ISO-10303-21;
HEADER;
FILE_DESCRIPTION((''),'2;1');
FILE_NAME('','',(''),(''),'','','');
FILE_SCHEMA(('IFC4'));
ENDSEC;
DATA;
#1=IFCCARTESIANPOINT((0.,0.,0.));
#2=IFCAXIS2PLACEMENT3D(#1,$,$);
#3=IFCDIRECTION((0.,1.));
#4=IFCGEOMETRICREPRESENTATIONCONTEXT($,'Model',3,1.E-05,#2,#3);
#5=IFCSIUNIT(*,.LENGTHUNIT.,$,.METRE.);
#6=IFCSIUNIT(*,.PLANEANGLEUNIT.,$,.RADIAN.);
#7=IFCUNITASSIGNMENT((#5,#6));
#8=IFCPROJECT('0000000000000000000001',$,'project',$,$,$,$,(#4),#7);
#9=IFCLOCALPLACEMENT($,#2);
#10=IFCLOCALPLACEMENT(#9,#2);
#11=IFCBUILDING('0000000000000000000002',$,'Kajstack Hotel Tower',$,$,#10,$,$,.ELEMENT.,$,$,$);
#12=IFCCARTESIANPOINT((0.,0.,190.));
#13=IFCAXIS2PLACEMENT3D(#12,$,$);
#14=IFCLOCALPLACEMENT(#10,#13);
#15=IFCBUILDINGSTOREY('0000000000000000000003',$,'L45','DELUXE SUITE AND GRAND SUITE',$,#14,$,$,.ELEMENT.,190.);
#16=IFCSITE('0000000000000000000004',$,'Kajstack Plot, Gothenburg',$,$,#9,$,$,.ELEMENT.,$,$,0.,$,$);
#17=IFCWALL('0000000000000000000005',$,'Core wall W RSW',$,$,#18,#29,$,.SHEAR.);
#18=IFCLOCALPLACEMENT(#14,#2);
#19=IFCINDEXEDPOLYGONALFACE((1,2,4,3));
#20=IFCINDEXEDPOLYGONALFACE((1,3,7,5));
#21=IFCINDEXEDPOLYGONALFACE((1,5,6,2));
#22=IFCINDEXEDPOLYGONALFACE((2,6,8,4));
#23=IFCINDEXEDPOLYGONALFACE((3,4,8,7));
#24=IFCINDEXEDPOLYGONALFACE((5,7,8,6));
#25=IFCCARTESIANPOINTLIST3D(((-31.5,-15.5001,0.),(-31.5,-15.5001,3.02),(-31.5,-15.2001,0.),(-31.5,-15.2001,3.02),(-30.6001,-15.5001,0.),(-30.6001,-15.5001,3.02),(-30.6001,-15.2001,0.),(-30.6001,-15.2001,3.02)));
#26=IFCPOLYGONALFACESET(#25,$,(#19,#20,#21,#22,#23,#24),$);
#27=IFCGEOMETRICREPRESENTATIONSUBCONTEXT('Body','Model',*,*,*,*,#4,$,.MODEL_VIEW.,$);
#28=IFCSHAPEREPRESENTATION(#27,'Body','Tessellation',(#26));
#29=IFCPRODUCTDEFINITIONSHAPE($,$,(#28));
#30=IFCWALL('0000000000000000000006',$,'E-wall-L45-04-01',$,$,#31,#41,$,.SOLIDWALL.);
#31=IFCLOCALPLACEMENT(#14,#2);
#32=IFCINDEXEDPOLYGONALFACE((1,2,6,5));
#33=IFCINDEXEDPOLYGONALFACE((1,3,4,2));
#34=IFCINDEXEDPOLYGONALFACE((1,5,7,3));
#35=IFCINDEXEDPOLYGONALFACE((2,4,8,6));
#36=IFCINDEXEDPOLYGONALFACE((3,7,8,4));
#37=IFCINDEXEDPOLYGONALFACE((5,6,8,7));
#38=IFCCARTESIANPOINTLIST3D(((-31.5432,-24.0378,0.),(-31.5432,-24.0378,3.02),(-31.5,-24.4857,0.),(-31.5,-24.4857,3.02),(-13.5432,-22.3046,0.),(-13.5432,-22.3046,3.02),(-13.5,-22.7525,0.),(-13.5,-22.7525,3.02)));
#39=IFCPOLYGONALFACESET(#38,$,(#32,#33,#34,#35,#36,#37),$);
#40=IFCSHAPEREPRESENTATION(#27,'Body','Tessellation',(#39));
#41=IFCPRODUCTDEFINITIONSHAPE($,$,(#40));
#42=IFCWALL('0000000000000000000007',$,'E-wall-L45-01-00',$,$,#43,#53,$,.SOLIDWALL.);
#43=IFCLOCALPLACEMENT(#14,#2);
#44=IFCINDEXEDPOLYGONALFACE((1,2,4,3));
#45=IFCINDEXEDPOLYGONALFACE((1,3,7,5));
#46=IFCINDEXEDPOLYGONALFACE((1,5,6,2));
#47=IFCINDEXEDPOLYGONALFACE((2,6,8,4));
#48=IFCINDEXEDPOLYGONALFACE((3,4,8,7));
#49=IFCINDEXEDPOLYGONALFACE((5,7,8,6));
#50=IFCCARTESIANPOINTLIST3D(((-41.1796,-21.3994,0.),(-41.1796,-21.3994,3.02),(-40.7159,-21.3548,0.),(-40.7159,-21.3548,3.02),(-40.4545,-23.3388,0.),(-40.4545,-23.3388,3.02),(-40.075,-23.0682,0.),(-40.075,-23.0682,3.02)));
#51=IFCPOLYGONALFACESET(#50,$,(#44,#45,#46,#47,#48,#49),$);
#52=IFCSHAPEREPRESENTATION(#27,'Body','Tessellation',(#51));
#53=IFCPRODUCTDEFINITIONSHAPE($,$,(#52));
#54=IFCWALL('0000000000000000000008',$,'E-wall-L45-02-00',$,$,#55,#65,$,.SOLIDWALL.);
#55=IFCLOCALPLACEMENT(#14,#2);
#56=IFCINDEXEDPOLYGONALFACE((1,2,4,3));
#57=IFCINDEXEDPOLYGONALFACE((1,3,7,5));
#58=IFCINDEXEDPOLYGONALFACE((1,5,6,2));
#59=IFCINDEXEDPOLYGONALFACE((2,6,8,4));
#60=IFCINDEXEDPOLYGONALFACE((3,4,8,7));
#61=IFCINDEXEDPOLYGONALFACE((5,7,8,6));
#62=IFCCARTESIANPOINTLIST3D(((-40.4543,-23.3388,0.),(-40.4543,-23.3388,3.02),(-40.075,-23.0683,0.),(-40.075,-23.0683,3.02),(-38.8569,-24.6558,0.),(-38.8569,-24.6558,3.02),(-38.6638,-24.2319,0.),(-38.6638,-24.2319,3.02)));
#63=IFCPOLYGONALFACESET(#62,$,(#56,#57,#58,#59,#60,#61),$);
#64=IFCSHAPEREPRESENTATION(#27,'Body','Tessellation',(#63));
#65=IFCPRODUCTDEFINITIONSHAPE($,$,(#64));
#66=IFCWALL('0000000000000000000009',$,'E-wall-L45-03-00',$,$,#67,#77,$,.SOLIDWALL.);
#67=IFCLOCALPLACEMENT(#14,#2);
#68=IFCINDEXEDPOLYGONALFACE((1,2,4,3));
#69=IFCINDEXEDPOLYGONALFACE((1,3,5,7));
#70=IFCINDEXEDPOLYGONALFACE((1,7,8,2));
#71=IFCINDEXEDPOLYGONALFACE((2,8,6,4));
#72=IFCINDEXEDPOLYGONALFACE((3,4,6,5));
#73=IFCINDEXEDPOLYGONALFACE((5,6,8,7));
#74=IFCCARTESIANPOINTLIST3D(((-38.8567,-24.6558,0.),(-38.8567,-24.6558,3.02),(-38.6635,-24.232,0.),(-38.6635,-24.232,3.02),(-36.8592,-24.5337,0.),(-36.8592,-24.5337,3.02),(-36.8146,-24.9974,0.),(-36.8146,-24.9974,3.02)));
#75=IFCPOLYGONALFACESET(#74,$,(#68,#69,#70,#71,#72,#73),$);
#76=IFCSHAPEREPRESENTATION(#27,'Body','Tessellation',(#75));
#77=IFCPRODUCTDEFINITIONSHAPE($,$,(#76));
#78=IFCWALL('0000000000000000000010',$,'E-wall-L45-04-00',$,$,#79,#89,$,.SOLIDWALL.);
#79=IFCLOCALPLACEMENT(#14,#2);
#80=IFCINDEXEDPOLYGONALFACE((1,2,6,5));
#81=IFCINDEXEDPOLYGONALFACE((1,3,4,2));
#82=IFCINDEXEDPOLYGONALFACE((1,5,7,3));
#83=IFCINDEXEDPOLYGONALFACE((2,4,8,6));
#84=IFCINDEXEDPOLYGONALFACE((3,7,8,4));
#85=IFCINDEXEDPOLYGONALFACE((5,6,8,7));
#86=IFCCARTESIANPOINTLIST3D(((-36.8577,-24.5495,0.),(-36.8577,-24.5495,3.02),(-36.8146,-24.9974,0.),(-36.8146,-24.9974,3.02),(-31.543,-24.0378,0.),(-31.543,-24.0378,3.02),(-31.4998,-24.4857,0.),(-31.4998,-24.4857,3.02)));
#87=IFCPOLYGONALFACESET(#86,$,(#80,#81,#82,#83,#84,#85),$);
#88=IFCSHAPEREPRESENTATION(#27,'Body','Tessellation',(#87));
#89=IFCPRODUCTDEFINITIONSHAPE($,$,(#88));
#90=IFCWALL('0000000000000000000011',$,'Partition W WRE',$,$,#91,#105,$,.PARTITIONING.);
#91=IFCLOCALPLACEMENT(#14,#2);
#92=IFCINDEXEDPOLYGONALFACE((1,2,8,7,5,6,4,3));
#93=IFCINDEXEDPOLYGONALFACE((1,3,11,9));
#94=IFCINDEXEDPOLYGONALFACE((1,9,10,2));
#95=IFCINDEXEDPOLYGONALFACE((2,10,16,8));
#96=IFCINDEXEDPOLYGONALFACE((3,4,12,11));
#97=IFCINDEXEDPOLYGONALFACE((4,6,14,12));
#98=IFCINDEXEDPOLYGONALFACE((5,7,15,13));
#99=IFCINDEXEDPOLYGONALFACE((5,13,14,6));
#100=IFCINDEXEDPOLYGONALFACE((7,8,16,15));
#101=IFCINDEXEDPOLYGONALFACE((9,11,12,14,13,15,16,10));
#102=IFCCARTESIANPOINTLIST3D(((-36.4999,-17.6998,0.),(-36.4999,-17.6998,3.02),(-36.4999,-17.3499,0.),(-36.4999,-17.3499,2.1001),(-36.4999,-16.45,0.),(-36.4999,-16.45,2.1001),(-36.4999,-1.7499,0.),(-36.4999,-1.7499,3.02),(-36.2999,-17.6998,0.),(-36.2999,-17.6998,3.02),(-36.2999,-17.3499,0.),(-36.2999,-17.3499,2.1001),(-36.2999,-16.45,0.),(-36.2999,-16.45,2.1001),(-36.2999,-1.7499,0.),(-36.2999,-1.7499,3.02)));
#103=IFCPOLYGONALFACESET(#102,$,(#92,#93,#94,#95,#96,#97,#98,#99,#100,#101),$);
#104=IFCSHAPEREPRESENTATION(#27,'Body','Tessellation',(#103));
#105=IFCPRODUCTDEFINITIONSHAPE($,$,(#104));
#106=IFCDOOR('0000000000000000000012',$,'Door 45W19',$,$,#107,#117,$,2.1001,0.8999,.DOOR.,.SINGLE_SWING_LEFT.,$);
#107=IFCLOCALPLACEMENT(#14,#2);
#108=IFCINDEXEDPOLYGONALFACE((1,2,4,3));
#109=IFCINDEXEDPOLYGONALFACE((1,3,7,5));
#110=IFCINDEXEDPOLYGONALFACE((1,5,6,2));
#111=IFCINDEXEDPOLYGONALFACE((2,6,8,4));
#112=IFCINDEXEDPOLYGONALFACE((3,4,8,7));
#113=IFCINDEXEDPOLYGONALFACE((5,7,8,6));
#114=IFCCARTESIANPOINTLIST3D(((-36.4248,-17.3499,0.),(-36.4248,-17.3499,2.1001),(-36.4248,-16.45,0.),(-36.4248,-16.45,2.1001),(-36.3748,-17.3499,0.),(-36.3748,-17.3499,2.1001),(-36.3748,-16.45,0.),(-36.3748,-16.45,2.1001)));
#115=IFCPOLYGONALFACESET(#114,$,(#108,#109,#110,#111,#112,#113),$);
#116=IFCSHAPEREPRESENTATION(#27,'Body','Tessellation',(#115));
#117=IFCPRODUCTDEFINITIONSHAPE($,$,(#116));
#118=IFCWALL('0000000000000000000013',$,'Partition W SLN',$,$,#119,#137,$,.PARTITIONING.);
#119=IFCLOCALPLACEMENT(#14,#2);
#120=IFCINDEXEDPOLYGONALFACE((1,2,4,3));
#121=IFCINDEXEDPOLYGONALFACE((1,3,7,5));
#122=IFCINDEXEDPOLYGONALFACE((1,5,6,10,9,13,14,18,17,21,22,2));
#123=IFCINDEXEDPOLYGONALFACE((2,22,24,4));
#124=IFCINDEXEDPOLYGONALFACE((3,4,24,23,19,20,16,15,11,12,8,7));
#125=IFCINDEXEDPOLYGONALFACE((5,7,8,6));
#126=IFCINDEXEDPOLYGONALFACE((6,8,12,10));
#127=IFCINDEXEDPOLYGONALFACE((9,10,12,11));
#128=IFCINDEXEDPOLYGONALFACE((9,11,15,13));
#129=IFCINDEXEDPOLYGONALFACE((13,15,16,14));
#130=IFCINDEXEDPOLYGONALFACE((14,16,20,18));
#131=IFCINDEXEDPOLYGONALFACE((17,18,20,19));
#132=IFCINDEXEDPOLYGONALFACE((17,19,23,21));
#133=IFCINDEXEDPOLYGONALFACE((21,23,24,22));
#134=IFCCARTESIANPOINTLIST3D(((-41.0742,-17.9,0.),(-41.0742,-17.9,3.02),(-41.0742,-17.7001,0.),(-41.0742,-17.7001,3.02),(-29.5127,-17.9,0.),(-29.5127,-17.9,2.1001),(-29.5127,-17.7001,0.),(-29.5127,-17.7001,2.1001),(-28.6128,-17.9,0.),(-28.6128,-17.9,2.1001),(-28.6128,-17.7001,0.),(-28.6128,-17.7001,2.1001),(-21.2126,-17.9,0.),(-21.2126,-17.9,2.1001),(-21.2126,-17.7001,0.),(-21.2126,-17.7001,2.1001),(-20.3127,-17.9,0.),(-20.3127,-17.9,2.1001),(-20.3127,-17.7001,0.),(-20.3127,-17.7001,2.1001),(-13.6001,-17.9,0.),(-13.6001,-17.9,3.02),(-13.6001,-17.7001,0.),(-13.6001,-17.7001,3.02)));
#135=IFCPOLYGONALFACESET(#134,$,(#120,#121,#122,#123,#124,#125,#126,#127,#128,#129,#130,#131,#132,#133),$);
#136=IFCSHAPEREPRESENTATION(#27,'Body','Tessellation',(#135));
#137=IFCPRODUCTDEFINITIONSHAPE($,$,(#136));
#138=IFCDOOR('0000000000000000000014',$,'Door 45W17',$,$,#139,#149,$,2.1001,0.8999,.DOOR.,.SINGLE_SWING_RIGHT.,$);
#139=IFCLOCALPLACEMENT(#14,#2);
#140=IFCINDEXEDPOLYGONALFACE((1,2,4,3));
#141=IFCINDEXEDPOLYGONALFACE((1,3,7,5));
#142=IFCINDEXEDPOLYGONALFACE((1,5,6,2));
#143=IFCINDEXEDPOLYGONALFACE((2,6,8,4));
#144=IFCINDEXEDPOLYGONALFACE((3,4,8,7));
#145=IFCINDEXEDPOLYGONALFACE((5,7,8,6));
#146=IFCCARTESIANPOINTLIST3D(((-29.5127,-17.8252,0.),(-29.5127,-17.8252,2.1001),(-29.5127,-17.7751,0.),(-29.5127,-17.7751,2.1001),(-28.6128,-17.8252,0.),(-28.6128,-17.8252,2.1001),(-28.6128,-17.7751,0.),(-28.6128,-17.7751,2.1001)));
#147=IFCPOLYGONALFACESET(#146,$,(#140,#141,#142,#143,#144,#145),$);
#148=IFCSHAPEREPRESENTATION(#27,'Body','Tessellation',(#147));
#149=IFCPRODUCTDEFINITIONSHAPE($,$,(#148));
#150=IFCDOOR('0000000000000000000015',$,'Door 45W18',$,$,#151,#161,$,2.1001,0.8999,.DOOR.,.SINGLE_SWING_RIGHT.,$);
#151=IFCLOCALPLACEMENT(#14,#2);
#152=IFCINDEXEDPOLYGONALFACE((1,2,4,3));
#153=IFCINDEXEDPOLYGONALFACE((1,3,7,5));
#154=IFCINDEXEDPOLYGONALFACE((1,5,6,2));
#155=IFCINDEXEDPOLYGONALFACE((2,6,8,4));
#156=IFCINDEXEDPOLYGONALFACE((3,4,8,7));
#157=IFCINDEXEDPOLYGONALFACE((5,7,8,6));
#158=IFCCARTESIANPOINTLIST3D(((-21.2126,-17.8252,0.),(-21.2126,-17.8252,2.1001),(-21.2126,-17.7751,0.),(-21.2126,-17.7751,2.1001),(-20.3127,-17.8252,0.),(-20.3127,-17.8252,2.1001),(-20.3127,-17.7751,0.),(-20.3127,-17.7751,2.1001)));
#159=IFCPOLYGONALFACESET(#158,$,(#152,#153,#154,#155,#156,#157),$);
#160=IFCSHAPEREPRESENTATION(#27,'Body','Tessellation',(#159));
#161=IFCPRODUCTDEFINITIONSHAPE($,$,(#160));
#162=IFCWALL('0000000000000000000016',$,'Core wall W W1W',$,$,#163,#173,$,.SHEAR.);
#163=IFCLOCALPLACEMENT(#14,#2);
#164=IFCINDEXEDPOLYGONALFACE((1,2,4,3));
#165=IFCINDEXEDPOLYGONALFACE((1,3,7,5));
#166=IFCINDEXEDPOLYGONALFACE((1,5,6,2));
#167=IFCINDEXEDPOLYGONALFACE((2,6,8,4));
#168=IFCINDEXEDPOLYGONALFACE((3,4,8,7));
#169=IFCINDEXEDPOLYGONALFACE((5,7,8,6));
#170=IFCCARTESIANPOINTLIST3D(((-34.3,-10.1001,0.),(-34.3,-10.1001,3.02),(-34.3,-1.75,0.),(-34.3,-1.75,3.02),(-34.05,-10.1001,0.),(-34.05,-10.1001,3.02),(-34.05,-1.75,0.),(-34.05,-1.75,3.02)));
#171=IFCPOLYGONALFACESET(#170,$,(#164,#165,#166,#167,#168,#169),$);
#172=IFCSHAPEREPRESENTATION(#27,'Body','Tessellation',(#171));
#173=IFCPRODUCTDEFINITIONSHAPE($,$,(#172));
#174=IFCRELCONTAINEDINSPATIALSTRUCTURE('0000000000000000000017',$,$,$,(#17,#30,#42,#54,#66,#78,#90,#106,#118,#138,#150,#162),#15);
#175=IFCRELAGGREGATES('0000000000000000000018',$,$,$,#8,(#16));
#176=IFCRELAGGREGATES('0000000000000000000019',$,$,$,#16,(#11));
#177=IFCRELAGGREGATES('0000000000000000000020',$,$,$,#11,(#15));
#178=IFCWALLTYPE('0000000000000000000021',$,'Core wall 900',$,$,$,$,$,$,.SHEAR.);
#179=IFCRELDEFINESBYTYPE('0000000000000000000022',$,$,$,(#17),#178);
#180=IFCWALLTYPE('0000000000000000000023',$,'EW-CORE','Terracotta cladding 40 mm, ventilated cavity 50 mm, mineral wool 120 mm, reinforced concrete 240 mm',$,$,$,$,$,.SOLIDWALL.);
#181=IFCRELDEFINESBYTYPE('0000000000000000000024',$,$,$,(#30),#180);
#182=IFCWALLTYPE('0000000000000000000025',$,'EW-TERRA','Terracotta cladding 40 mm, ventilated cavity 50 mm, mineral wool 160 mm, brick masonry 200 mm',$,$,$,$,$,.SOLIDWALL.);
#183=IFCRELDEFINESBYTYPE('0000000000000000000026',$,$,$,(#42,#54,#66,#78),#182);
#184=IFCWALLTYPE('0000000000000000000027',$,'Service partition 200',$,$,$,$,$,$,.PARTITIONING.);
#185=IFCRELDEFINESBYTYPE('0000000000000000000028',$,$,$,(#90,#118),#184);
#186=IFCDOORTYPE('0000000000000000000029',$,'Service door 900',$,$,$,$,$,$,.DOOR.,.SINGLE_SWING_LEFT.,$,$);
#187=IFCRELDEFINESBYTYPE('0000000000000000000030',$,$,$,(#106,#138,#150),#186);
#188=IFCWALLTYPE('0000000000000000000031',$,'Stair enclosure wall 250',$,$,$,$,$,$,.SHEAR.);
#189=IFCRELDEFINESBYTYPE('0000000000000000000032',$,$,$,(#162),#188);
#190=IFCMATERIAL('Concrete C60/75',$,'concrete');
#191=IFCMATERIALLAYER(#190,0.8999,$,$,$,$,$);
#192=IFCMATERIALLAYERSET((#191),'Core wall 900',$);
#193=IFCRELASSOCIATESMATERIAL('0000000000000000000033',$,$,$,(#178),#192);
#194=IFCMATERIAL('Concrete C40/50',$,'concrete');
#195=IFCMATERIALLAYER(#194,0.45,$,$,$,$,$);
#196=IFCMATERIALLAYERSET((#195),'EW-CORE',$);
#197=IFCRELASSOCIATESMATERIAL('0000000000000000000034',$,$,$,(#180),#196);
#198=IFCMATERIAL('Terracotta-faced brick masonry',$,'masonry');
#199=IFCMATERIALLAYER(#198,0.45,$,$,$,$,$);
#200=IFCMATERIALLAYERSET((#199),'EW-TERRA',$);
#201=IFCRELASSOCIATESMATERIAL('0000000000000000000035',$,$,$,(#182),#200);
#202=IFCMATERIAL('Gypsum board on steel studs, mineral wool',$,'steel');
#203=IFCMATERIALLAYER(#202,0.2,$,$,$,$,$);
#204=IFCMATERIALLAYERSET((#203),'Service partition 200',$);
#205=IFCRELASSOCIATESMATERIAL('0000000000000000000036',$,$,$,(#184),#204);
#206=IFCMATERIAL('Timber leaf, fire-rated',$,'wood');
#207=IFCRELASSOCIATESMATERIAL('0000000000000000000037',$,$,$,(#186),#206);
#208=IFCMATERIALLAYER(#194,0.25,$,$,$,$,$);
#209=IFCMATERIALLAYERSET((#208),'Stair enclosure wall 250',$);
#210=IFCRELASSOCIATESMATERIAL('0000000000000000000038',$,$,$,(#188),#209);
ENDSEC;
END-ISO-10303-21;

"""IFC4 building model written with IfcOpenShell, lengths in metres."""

from ifc_helpers import new_model, si_unit, direction, frame, frame_2d, origin, place, context, subcontext, project, spatial, polyline, rectangle, outline, extrude, material, layer, layer_set, type_object, element, fill, save


model = new_model("IFC4")

# Units and contexts
model_context = context("Model", 3, precision=1e-05, world=origin(), true_north=direction((0.0, 1.0)))
body_context = subcontext(model_context, "Body", "Model", "MODEL_VIEW")
ifc_project = project(units=[si_unit("LENGTHUNIT", "METRE"), si_unit("PLANEANGLEUNIT", "RADIAN")], contexts=[model_context])

# Site, building, storey
site_placement = place(None, origin())
site = spatial("IfcSite", under=ifc_project, at=site_placement, Name="Kajstack Plot, Gothenburg", CompositionType="ELEMENT", RefElevation=0.0)
building_placement = place(site_placement, origin())
building = spatial("IfcBuilding", under=site, at=building_placement, Name="Kajstack Hotel Tower", CompositionType="ELEMENT")
storey_placement = place(building_placement, frame((0.0, 0.0, 190.0)))
storey = spatial("IfcBuildingStorey", under=building, at=storey_placement, Name="L45", Description="DELUXE SUITE AND GRAND SUITE", CompositionType="ELEMENT", Elevation=190.0)

# Walls
ifc_material_1 = material(Name="Concrete C60/75", Category="concrete")
ifc_layer_1 = layer(ifc_material_1, 0.8999)
ifc_layer_set_1 = layer_set([ifc_layer_1], Name="Core wall 900")
wall_type_1 = type_object("IfcWallType", Name="Core wall 900", PredefinedType="SHEAR", material=ifc_layer_set_1)
wall_1_placement = place(storey_placement, frame((-31.5, -15.3501, 0.0), z_axis=(0.0, 0.0, 1.0), x_axis=(1.0, 0.0, 0.0)))
element("IfcWall", 1, at=wall_1_placement, inside=storey, type_object=wall_type_1, Name="Core wall W RSW", PredefinedType="SHEAR", context=body_context, shape_type="SweptSolid", body=[
    extrude(rectangle(XDim=0.8999, YDim=0.3, at=frame_2d((0.45, 0.0))), origin(), (0.0, 0.0, 1.0), 3.02),
])
ifc_material_2 = material(Name="Concrete C40/50", Category="concrete")
ifc_layer_2 = layer(ifc_material_2, 0.45)
ifc_layer_set_2 = layer_set([ifc_layer_2], Name="EW-CORE")
wall_type_2 = type_object("IfcWallType", Name="EW-CORE", Description="Terracotta cladding 40 mm, ventilated cavity 50 mm, mineral wool 120 mm, reinforced concrete 240 mm", PredefinedType="SOLIDWALL", material=ifc_layer_set_2)
wall_2_placement = place(storey_placement, frame((-31.5215, -24.2617, 0.0), z_axis=(0.0, 0.0, 1.0), x_axis=(0.995396, 0.095843, 0.0)))
element("IfcWall", 2, at=wall_2_placement, inside=storey, type_object=wall_type_2, Name="E-wall-L45-04-01", PredefinedType="SOLIDWALL", context=body_context, shape_type="SweptSolid", body=[
    extrude(rectangle(XDim=18.0833, YDim=0.45, at=frame_2d((9.0415, 0.0))), origin(), (0.0, 0.0, 1.0), 3.02),
])
ifc_material_3 = material(Name="Terracotta-faced brick masonry", Category="masonry")
ifc_layer_3 = layer(ifc_material_3, 0.45)
ifc_layer_set_3 = layer_set([ifc_layer_3], Name="EW-TERRA")
wall_type_3 = type_object("IfcWallType", Name="EW-TERRA", Description="Terracotta cladding 40 mm, ventilated cavity 50 mm, mineral wool 160 mm, brick masonry 200 mm", PredefinedType="SOLIDWALL", material=ifc_layer_set_3)
wall_3_placement = place(storey_placement, frame((-40.9688, -21.3206, 0.0), z_axis=(0.0, 0.0, 1.0), x_axis=(0.350193, -0.936678, 0.0)))
element("IfcWall", 3, at=wall_3_placement, inside=storey, type_object=wall_type_3, Name="E-wall-L45-01-00", PredefinedType="SOLIDWALL", context=body_context, shape_type="SweptSolid", body=[
    extrude(outline(polyline([(0.0, -0.2251), (2.0706, -0.2251), (1.95, 0.2251), (0.1206, 0.2249), (0.0, -0.2251)])), origin(), (0.0, 0.0, 1.0), 3.02),
])
wall_4_placement = place(storey_placement, frame((-40.3113, -23.1653, 0.0), z_axis=(0.0, 0.0, 1.0), x_axis=(0.771651, -0.636046, 0.0)))
element("IfcWall", 4, at=wall_4_placement, inside=storey, type_object=wall_type_3, Name="E-wall-L45-02-00", PredefinedType="SOLIDWALL", context=body_context, shape_type="SweptSolid", body=[
    extrude(outline(polyline([(0.0, -0.2249), (2.0703, -0.2251), (1.9497, 0.2249), (0.1206, 0.2251), (0.0, -0.2249)])), origin(), (0.0, 0.0, 1.0), 3.02),
])
wall_5_placement = place(storey_placement, frame((-38.8196, -24.4338, 0.0), z_axis=(0.0, 0.0, 1.0), x_axis=(0.986279, -0.165087, 0.0)))
element("IfcWall", 5, at=wall_5_placement, inside=storey, type_object=wall_type_3, Name="E-wall-L45-03-00", PredefinedType="SOLIDWALL", context=body_context, shape_type="SweptSolid", body=[
    extrude(outline(polyline([(0.0, -0.2251), (2.0706, -0.2249), (1.95, 0.2251), (0.1206, 0.2249), (0.0, -0.2251)])), origin(), (0.0, 0.0, 1.0), 3.02),
])
wall_6_placement = place(storey_placement, frame((-36.8362, -24.7734, 0.0), z_axis=(0.0, 0.0, 1.0), x_axis=(0.995397, 0.09584, 0.0)))
element("IfcWall", 6, at=wall_6_placement, inside=storey, type_object=wall_type_3, Name="E-wall-L45-04-00", PredefinedType="SOLIDWALL", context=body_context, shape_type="SweptSolid", body=[
    extrude(rectangle(XDim=5.3394, YDim=0.45, at=frame_2d((2.6697, 0.0))), origin(), (0.0, 0.0, 1.0), 3.02),
])

# Wall, opening, door
ifc_material_4 = material(Name="Gypsum board on steel studs, mineral wool", Category="steel")
ifc_layer_4 = layer(ifc_material_4, 0.2)
ifc_layer_set_4 = layer_set([ifc_layer_4], Name="Service partition 200")
wall_type_4 = type_object("IfcWallType", Name="Service partition 200", PredefinedType="PARTITIONING", material=ifc_layer_set_4)
wall_7_placement = place(storey_placement, frame((-36.3999, -17.7, 0.0), z_axis=(0.0, 0.0, 1.0), x_axis=(0.0, 1.0, 0.0)))
wall_7 = element("IfcWall", 7, at=wall_7_placement, inside=storey, type_object=wall_type_4, Name="Partition W WRE", PredefinedType="PARTITIONING", context=body_context, shape_type="SweptSolid", body=[
    extrude(rectangle(XDim=15.95, YDim=0.2, at=frame_2d((7.9751, 0.0))), origin(), (0.0, 0.0, 1.0), 3.02),
])
opening_1_placement = place(wall_7_placement, frame((0.3501, 0.0, 0.0)))
opening_1 = element("IfcOpeningElement", 8, at=opening_1_placement, cuts=wall_7, PredefinedType="OPENING", context=body_context, shape_type="SweptSolid", body=[
    extrude(rectangle(XDim=0.8999, YDim=2.1001, at=frame_2d((0.45, 1.05))), frame((0.0, 0.1099, 0.0), z_axis=(0.0, -1.0, 0.0), x_axis=(1.0, 0.0, 0.0)), (0.0, 0.0, 1.0), 0.22),
])
ifc_material_5 = material(Name="Timber leaf, fire-rated", Category="wood")
door_type = type_object("IfcDoorType", Name="Service door 900", OperationType="SINGLE_SWING_LEFT", PredefinedType="DOOR", material=ifc_material_5)
door_1_placement = place(opening_1_placement, origin())
door_1 = element("IfcDoor", 9, at=door_1_placement, inside=storey, type_object=door_type, Name="Door 45W19", OperationType="SINGLE_SWING_LEFT", OverallHeight=2.1001, OverallWidth=0.8999, PredefinedType="DOOR", context=body_context, shape_type="SweptSolid", body=[
    extrude(rectangle(XDim=0.8999, YDim=2.1001, at=frame_2d((0.45, 1.05))), frame((0.0, 0.0249, 0.0), z_axis=(0.0, -1.0, 0.0), x_axis=(1.0, 0.0, 0.0)), (0.0, 0.0, 1.0), 0.05),
])
fill(opening_1, door_1)

# Wall, openings, doors
wall_8_placement = place(storey_placement, frame((-41.0742, -17.8, 0.0), z_axis=(0.0, 0.0, 1.0), x_axis=(1.0, 0.0, 0.0)))
wall_8 = element("IfcWall", 10, at=wall_8_placement, inside=storey, type_object=wall_type_4, Name="Partition W SLN", PredefinedType="PARTITIONING", context=body_context, shape_type="SweptSolid", body=[
    extrude(rectangle(XDim=27.4741, YDim=0.2, at=frame_2d((13.7371, 0.0))), origin(), (0.0, 0.0, 1.0), 3.02),
])
opening_2_placement = place(wall_8_placement, frame((11.5615, 0.0, 0.0)))
opening_2 = element("IfcOpeningElement", 11, at=opening_2_placement, cuts=wall_8, PredefinedType="OPENING", context=body_context, shape_type="SweptSolid", body=[
    extrude(rectangle(XDim=0.8999, YDim=2.1001, at=frame_2d((0.45, 1.05))), frame((0.0, 0.1099, 0.0), z_axis=(0.0, -1.0, 0.0), x_axis=(1.0, 0.0, 0.0)), (0.0, 0.0, 1.0), 0.22),
])
opening_3_placement = place(wall_8_placement, frame((19.8616, 0.0, 0.0)))
opening_3 = element("IfcOpeningElement", 12, at=opening_3_placement, cuts=wall_8, PredefinedType="OPENING", context=body_context, shape_type="SweptSolid", body=[
    extrude(rectangle(XDim=0.8999, YDim=2.1001, at=frame_2d((0.45, 1.05))), frame((0.0, 0.1099, 0.0), z_axis=(0.0, -1.0, 0.0), x_axis=(1.0, 0.0, 0.0)), (0.0, 0.0, 1.0), 0.22),
])
door_2_placement = place(opening_2_placement, origin())
door_2 = element("IfcDoor", 13, at=door_2_placement, inside=storey, type_object=door_type, Name="Door 45W17", OperationType="SINGLE_SWING_RIGHT", OverallHeight=2.1001, OverallWidth=0.8999, PredefinedType="DOOR", context=body_context, shape_type="SweptSolid", body=[
    extrude(rectangle(XDim=0.8999, YDim=2.1001, at=frame_2d((0.45, 1.05))), frame((0.0, 0.0249, 0.0), z_axis=(0.0, -1.0, 0.0), x_axis=(1.0, 0.0, 0.0)), (0.0, 0.0, 1.0), 0.05),
])
fill(opening_2, door_2)
door_3_placement = place(opening_3_placement, origin())
door_3 = element("IfcDoor", 14, at=door_3_placement, inside=storey, type_object=door_type, Name="Door 45W18", OperationType="SINGLE_SWING_RIGHT", OverallHeight=2.1001, OverallWidth=0.8999, PredefinedType="DOOR", context=body_context, shape_type="SweptSolid", body=[
    extrude(rectangle(XDim=0.8999, YDim=2.1001, at=frame_2d((0.45, 1.05))), frame((0.0, 0.0249, 0.0), z_axis=(0.0, -1.0, 0.0), x_axis=(1.0, 0.0, 0.0)), (0.0, 0.0, 1.0), 0.05),
])
fill(opening_3, door_3)

# Wall
ifc_layer_5 = layer(ifc_material_2, 0.25)
ifc_layer_set_5 = layer_set([ifc_layer_5], Name="Stair enclosure wall 250")
wall_type_5 = type_object("IfcWallType", Name="Stair enclosure wall 250", PredefinedType="SHEAR", material=ifc_layer_set_5)
wall_9_placement = place(storey_placement, frame((-34.175, -10.1001, 0.0), z_axis=(0.0, 0.0, 1.0), x_axis=(0.0, 1.0, 0.0)))
element("IfcWall", 15, at=wall_9_placement, inside=storey, type_object=wall_type_5, Name="Core wall W W1W", PredefinedType="SHEAR", context=body_context, shape_type="SweptSolid", body=[
    extrude(rectangle(XDim=8.3501, YDim=0.25, at=frame_2d((4.175, 0.0))), origin(), (0.0, 0.0, 1.0), 3.02),
])

save(model, "model.ifc")
